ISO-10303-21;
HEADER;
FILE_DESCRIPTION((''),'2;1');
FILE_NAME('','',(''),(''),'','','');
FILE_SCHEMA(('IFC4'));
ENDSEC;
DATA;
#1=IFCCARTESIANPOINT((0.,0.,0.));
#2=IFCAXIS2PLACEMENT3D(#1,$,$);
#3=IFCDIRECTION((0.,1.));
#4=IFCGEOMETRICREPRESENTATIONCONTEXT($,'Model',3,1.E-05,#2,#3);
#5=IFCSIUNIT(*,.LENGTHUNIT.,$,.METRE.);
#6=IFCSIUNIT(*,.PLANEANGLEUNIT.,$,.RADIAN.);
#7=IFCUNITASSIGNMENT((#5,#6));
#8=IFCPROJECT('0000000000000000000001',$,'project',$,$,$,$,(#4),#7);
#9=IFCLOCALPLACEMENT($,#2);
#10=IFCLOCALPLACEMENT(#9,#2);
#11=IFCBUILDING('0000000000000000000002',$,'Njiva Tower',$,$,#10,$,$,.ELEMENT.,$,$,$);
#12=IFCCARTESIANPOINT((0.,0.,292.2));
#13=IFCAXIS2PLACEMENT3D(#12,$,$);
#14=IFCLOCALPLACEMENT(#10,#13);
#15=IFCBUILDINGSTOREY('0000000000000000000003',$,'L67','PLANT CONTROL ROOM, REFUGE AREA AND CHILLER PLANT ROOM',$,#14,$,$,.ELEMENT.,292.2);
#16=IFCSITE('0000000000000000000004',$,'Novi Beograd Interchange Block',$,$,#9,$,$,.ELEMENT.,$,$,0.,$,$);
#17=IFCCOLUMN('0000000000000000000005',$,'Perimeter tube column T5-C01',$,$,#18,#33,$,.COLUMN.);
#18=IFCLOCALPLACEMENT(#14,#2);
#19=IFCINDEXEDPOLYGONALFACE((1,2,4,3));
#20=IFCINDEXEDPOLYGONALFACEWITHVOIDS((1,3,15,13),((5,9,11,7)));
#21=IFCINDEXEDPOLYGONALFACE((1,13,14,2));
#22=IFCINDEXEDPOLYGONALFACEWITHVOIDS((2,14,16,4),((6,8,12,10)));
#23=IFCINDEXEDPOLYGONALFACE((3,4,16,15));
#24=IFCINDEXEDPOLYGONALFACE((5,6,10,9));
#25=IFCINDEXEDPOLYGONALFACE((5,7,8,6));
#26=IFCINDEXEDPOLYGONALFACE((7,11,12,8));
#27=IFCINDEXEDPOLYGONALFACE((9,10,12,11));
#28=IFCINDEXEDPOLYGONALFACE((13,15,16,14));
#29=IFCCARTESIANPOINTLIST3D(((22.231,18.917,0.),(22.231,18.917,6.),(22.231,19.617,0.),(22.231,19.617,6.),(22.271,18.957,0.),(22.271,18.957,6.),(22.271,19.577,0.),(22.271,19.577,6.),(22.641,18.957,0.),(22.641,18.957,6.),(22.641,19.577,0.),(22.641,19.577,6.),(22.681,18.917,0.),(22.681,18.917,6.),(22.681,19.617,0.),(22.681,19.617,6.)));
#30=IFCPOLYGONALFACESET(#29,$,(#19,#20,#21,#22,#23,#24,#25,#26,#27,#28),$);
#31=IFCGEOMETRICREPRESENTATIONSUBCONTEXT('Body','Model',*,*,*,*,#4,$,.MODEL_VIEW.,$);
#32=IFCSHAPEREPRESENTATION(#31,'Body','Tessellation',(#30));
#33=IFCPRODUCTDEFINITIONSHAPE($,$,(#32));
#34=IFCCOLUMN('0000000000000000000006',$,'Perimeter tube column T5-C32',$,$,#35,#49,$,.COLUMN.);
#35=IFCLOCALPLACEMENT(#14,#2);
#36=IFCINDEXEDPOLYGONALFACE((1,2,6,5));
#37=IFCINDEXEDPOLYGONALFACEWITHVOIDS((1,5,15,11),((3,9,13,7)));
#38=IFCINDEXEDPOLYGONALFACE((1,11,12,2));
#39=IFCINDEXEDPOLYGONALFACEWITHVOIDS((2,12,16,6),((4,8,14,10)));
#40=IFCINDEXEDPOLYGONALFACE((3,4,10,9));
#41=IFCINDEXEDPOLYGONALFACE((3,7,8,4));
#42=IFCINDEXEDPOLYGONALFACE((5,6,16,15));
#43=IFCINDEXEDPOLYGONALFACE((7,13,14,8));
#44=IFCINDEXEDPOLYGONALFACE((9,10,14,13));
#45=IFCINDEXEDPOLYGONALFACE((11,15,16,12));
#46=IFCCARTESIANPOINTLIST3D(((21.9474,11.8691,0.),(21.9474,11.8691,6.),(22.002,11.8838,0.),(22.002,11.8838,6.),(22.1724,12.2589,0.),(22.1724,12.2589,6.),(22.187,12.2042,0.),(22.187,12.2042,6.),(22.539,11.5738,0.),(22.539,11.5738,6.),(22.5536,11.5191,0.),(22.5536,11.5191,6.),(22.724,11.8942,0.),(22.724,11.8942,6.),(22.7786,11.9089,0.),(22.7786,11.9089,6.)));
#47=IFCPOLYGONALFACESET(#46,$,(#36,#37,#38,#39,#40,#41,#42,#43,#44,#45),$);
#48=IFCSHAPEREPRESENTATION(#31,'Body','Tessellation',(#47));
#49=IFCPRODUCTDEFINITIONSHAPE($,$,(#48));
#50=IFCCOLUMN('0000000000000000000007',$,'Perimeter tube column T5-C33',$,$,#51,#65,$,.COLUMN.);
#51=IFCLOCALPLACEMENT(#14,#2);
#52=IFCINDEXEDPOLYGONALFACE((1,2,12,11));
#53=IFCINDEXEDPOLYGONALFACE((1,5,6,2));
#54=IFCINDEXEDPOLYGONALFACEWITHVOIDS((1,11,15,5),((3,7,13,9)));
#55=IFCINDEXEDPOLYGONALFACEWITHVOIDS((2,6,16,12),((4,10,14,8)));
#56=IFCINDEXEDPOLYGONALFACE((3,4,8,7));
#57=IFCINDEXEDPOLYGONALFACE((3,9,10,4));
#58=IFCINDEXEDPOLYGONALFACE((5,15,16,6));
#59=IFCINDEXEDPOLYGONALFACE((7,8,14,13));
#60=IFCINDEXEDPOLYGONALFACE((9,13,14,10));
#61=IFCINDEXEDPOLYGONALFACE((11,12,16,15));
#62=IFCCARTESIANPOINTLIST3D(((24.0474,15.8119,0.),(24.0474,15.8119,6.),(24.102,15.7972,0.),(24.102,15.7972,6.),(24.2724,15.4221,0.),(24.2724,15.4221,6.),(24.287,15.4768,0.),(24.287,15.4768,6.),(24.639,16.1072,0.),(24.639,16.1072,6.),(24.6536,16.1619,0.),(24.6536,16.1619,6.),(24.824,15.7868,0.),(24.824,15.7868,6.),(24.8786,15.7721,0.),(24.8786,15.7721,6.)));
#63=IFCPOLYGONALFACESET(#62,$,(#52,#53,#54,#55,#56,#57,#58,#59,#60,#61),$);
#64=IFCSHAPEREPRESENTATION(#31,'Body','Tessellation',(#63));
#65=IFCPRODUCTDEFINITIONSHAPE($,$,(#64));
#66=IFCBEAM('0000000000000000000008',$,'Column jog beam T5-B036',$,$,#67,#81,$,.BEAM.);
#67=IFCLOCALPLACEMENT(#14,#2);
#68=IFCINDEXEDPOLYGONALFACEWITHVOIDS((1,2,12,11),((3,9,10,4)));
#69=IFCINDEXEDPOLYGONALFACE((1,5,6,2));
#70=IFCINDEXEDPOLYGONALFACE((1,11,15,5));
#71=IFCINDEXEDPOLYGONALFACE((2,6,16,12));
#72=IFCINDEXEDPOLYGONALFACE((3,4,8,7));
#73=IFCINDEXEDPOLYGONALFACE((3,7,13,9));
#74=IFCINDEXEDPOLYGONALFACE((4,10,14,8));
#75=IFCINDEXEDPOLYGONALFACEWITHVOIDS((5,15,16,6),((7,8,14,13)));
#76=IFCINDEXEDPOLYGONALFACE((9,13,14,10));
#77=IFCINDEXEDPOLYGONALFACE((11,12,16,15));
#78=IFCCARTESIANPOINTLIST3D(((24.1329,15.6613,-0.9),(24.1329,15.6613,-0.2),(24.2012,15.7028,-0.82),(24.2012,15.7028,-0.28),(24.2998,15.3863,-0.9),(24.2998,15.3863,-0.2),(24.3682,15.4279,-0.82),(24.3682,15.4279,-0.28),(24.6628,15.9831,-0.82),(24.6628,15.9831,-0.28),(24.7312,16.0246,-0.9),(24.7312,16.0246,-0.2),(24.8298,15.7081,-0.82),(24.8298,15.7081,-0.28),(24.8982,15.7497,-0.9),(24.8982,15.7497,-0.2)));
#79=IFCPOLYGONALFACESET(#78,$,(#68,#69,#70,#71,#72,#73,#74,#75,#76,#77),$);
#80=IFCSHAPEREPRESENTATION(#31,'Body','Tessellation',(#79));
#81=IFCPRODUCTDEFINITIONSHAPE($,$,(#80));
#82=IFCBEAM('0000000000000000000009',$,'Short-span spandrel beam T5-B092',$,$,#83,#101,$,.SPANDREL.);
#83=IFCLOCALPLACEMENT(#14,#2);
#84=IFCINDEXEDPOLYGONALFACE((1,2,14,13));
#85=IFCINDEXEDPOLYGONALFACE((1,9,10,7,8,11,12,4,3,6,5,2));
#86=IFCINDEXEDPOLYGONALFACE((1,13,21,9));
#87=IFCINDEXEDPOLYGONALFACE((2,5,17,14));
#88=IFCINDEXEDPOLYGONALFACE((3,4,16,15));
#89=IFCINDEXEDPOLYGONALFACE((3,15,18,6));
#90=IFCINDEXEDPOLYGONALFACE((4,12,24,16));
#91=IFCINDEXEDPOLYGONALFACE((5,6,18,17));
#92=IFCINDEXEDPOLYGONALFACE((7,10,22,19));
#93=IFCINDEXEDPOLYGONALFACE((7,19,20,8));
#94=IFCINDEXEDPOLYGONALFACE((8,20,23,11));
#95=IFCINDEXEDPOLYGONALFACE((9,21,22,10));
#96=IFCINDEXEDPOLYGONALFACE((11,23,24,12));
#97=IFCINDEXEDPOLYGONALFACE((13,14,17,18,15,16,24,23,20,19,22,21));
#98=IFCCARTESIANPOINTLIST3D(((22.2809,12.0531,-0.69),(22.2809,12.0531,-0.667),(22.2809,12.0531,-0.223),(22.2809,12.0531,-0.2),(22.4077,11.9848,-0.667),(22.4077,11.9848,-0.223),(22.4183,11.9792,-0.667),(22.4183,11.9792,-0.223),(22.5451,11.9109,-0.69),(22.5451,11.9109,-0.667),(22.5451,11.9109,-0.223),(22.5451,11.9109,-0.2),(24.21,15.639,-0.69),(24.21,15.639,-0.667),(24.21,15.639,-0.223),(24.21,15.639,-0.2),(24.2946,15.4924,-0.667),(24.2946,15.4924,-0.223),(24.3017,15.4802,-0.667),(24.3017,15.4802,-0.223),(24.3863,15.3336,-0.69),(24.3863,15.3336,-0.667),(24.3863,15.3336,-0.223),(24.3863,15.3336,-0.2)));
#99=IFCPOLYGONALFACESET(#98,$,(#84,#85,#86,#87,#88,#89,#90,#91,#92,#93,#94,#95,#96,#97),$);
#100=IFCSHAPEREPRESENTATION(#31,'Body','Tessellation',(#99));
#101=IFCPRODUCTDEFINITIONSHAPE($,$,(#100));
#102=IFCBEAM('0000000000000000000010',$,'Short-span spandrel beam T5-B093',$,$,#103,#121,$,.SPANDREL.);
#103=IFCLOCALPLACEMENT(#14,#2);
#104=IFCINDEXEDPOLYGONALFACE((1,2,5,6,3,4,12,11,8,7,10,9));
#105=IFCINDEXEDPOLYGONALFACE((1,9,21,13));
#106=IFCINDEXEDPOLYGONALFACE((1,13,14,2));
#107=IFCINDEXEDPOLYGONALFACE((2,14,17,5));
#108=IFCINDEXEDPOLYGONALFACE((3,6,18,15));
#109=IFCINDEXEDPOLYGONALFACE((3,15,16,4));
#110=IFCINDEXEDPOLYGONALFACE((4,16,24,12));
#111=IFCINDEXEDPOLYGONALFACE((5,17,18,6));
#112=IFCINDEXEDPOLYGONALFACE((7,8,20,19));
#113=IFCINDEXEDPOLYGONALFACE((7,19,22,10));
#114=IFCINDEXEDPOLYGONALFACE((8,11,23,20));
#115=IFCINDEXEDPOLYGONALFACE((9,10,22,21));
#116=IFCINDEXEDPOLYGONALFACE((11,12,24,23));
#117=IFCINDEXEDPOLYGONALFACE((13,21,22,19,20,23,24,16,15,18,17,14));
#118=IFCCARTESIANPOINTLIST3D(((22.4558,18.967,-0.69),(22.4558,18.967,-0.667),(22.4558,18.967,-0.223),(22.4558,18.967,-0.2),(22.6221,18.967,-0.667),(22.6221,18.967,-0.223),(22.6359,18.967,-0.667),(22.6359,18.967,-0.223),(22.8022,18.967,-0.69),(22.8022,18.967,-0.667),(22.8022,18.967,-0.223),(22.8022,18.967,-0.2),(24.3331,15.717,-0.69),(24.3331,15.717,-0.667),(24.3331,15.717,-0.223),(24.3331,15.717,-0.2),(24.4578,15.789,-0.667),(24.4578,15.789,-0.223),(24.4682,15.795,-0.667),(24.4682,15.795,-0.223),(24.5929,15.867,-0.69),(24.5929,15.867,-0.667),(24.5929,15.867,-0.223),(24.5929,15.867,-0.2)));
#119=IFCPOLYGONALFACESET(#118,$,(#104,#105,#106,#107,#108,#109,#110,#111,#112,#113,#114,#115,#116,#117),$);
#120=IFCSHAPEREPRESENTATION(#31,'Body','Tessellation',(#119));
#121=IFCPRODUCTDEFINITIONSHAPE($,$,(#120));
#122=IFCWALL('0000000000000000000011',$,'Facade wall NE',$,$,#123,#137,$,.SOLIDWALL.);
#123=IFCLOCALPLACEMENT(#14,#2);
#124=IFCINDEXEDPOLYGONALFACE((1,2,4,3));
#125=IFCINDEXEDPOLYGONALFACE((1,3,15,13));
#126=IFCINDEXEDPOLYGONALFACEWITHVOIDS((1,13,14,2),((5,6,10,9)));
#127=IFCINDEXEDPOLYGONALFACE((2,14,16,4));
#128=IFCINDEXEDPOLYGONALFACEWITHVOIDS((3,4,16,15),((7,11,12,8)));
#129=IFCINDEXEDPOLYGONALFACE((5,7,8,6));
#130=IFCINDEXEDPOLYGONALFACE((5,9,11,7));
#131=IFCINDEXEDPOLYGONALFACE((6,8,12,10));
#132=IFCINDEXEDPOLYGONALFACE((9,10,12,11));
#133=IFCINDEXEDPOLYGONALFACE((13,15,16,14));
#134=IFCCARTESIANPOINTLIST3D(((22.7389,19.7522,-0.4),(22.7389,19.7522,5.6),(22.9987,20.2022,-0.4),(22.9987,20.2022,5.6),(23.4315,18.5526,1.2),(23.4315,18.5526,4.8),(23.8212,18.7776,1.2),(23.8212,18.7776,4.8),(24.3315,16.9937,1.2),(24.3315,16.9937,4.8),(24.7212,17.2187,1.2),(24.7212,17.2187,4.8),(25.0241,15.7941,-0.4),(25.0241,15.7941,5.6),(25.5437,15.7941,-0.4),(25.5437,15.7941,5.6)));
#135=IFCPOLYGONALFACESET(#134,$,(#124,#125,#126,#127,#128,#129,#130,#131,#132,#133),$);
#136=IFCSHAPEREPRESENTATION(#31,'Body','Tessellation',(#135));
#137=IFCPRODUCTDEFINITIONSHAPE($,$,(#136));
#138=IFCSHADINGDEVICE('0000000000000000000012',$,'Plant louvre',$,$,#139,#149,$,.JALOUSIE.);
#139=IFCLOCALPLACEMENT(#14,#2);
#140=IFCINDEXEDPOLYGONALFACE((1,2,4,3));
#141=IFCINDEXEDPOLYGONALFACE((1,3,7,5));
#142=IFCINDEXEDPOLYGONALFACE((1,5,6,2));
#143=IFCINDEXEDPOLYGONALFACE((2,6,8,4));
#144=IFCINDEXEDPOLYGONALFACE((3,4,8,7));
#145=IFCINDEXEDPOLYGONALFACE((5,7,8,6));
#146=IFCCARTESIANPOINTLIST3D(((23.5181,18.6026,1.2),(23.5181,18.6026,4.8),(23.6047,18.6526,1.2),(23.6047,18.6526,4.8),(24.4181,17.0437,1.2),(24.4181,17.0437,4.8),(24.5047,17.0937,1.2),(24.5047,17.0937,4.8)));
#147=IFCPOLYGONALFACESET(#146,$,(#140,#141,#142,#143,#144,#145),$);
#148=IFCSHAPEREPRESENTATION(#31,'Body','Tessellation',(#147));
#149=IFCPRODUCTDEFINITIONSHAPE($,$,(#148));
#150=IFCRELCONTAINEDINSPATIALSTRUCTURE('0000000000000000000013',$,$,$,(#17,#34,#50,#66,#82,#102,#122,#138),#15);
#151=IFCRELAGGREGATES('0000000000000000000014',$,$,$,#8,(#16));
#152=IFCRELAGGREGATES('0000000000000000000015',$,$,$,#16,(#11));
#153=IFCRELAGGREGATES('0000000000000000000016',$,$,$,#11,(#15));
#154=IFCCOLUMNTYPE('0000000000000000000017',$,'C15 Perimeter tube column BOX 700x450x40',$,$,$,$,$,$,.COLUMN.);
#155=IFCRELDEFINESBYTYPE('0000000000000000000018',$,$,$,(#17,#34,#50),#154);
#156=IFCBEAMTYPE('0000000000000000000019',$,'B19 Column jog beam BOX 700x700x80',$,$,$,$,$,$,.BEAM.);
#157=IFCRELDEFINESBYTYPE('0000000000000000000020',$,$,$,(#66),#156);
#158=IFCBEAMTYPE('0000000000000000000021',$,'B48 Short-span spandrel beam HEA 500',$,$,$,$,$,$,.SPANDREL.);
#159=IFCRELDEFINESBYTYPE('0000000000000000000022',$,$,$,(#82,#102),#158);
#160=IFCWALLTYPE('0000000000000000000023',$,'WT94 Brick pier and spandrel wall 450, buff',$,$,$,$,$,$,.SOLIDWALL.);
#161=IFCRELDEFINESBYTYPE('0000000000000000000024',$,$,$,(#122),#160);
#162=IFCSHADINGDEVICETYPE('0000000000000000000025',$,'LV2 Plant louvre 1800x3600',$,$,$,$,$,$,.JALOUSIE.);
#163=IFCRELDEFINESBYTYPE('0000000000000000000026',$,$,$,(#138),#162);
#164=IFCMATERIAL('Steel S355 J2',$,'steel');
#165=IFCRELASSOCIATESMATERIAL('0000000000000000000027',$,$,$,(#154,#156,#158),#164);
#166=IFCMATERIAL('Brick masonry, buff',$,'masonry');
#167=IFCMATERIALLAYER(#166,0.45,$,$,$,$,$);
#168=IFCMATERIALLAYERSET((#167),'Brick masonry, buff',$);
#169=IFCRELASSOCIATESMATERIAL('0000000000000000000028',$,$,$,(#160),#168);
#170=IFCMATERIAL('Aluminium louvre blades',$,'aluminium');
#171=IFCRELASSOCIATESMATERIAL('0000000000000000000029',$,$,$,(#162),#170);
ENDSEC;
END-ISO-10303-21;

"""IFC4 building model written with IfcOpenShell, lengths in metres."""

from ifc_helpers import new_model, si_unit, direction, frame, frame_2d, origin, origin_2d, place, context, subcontext, project, spatial, polyline, rectangle, hollow_rectangle, i_section, outline, extrude, clip, halfspace, material, layer, layer_set, material_profile, profile_set, type_object, element, fill, save


model = new_model("IFC4")

# Units and contexts
model_context = context("Model", 3, precision=1e-05, world=origin(), true_north=direction((0.0, 1.0)))
body_context = subcontext(model_context, "Body", "Model", "MODEL_VIEW")
ifc_project = project(units=[si_unit("LENGTHUNIT", "METRE"), si_unit("PLANEANGLEUNIT", "RADIAN")], contexts=[model_context])

# Site, building, storey
site_placement = place(None, origin())
site = spatial("IfcSite", under=ifc_project, at=site_placement, Name="Novi Beograd Interchange Block", CompositionType="ELEMENT", RefElevation=0.0)
building_placement = place(site_placement, origin())
building = spatial("IfcBuilding", under=site, at=building_placement, Name="Njiva Tower", CompositionType="ELEMENT")
storey_placement = place(building_placement, frame((0.0, 0.0, 292.2)))
storey = spatial("IfcBuildingStorey", under=building, at=storey_placement, Name="L67", Description="PLANT CONTROL ROOM, REFUGE AREA AND CHILLER PLANT ROOM", CompositionType="ELEMENT", Elevation=292.2)

# Columns
ifc_material_1 = material(Name="Steel S355 J2", Category="steel")
ifc_material_profile_1 = material_profile(ifc_material_1, hollow_rectangle(XDim=0.45, YDim=0.7, WallThickness=0.04, at=origin_2d()), Name="BOX 700x450x40")
ifc_profile_set_1 = profile_set([ifc_material_profile_1], Name="Steel S355 J2")
column_type = type_object("IfcColumnType", Name="C15 Perimeter tube column BOX 700x450x40", PredefinedType="COLUMN", material=ifc_profile_set_1)
for number, where, z_axis, x_axis, name in (
    (1, (22.456, 19.267, 0.0), (0.0, 0.0, 1.0), (-1.0, 0.0, 0.0), "Perimeter tube column T5-C01"),
    (2, (22.363, 11.889, 0.0), (0.0, 0.0, 1.0), (0.5, 0.866025, 0.0), "Perimeter tube column T5-C32"),
    (3, (24.463, 15.792, 0.0), (0.0, 0.0, 1.0), (-0.5, 0.866025, 0.0), "Perimeter tube column T5-C33"),
):
    element("IfcColumn", number, at=place(storey_placement, frame(where, z_axis=z_axis, x_axis=x_axis)), inside=storey, type_object=column_type, Name=name, PredefinedType="COLUMN", context=body_context, shape_type="SweptSolid", body=[
        extrude(hollow_rectangle(XDim=0.45, YDim=0.7, WallThickness=0.04, at=origin_2d()), origin(), (0.0, 0.0, 1.0), 6.0),
    ])

# Beams
ifc_material_profile_2 = material_profile(ifc_material_1, hollow_rectangle(XDim=0.7, YDim=0.7, WallThickness=0.08, at=origin_2d()), Name="BOX 700x700x80")
ifc_profile_set_2 = profile_set([ifc_material_profile_2], Name="Steel S355 J2")
beam_type_1 = type_object("IfcBeamType", Name="B19 Column jog beam BOX 700x700x80", PredefinedType="BEAM", material=ifc_profile_set_2)
beam_1_placement = place(storey_placement, frame((24.599, 15.568, -0.55), z_axis=(-0.519059, 0.854738, 0.0), x_axis=(-0.854738, -0.519059, 0.0)))
element("IfcBeam", 4, at=beam_1_placement, inside=storey, type_object=beam_type_1, Name="Column jog beam T5-B036", PredefinedType="BEAM", context=body_context, shape_type="SweptSolid", body=[
    extrude(hollow_rectangle(XDim=0.7, YDim=0.7, WallThickness=0.08, at=origin_2d()), origin(), (0.0, 0.0, 1.0), 0.3217),
])
ifc_material_profile_3 = material_profile(ifc_material_1, i_section(OverallWidth=0.3, OverallDepth=0.49, WebThickness=0.012, FlangeThickness=0.023, at=origin_2d()), Name="HEA 500")
ifc_profile_set_3 = profile_set([ifc_material_profile_3], Name="Steel S355 J2")
beam_type_2 = type_object("IfcBeamType", Name="B48 Short-span spandrel beam HEA 500", PredefinedType="SPANDREL", material=ifc_profile_set_3)
beam_2_placement = place(storey_placement, frame((22.413, 11.982, -0.445), z_axis=(0.473755, 0.880657, 0.0), x_axis=(-0.880657, 0.473755, 0.0)))
element("IfcBeam", 5, at=beam_2_placement, inside=storey, type_object=beam_type_2, Name="Short-span spandrel beam T5-B092", PredefinedType="SPANDREL", context=body_context, shape_type="Clipping", body=[
    clip(extrude(i_section(OverallWidth=0.3, OverallDepth=0.49, WebThickness=0.012, FlangeThickness=0.023, at=origin_2d()), origin(), (0.0, 0.0, 1.0), 4.0918), halfspace(frame((-0.0262, 0.0, 3.963), z_axis=(-0.525795, 0.0, 0.850611), x_axis=(0.0, 1.0, 0.0)), False)),
])
beam_3_placement = place(storey_placement, frame((24.463, 15.792, -0.445), z_axis=(-0.500187, 0.865918, 0.0), x_axis=(-0.865918, -0.500187, 0.0)))
element("IfcBeam", 6, at=beam_3_placement, inside=storey, type_object=beam_type_2, Name="Short-span spandrel beam T5-B093", PredefinedType="SPANDREL", context=body_context, shape_type="Clipping", body=[
    clip(extrude(i_section(OverallWidth=0.3, OverallDepth=0.49, WebThickness=0.012, FlangeThickness=0.023, at=origin_2d()), origin(), (0.0, 0.0, 1.0), 3.7736), halfspace(frame((-0.0254, 0.0, 3.652), z_axis=(-0.500187, 0.0, 0.865918), x_axis=(0.0, 1.0, 0.0)), False)),
])

# Shared definitions
ifc_material_2 = material(Name="Brick masonry, buff", Category="masonry")
ifc_layer = layer(ifc_material_2, 0.45)
ifc_layer_set = layer_set([ifc_layer], Name="Brick masonry, buff")
wall_type = type_object("IfcWallType", Name="WT94 Brick pier and spandrel wall 450, buff", PredefinedType="SOLIDWALL", material=ifc_layer_set)
ifc_material_3 = material(Name="Aluminium louvre blades", Category="aluminium")

# Wall, opening, shading device
wall_1_placement = place(storey_placement, frame((25.2839, 15.7941, -0.4), z_axis=(0.0, 0.0, 1.0), x_axis=(-0.499998, 0.866027, 0.0)))
wall_1 = element("IfcWall", 7, at=wall_1_placement, inside=storey, type_object=wall_type, Name="Facade wall NE", PredefinedType="SOLIDWALL", context=body_context, shape_type="SweptSolid", body=[
    extrude(outline(polyline([(-0.1299, -0.225), (4.9601, -0.225), (4.7003, 0.225), (0.1299, 0.225), (-0.1299, -0.225)])), origin(), (0.0, 0.0, 1.0), 6.0),
])
opening_1_placement = place(wall_1_placement, frame((1.5151, 0.0, 1.6)))
opening_1 = element("IfcOpeningElement", 8, at=opening_1_placement, cuts=wall_1, PredefinedType="OPENING", context=body_context, shape_type="SweptSolid", body=[
    extrude(rectangle(XDim=1.8, YDim=3.6, at=frame_2d((0.9, 1.8))), frame((0.0, 0.235, 0.0), z_axis=(0.0, -1.0, 0.0), x_axis=(1.0, 0.0, 0.0)), (0.0, 0.0, 1.0), 0.47),
])
shading_device_type_1 = type_object("IfcShadingDeviceType", Name="LV2 Plant louvre 1800x3600", PredefinedType="JALOUSIE", material=ifc_material_3)
shading_device_1_placement = place(opening_1_placement, origin())
shading_device_1 = element("IfcShadingDevice", 9, at=shading_device_1_placement, inside=storey, type_object=shading_device_type_1, Name="Plant louvre", PredefinedType="JALOUSIE", context=body_context, shape_type="SweptSolid", body=[
    extrude(rectangle(XDim=1.8, YDim=3.6, at=frame_2d((0.9, 1.8))), frame((0.0, 0.125, 0.0), z_axis=(0.0, -1.0, 0.0), x_axis=(1.0, 0.0, 0.0)), (0.0, 0.0, 1.0), 0.1),
])
fill(opening_1, shading_device_1)

save(model, "model.ifc")
